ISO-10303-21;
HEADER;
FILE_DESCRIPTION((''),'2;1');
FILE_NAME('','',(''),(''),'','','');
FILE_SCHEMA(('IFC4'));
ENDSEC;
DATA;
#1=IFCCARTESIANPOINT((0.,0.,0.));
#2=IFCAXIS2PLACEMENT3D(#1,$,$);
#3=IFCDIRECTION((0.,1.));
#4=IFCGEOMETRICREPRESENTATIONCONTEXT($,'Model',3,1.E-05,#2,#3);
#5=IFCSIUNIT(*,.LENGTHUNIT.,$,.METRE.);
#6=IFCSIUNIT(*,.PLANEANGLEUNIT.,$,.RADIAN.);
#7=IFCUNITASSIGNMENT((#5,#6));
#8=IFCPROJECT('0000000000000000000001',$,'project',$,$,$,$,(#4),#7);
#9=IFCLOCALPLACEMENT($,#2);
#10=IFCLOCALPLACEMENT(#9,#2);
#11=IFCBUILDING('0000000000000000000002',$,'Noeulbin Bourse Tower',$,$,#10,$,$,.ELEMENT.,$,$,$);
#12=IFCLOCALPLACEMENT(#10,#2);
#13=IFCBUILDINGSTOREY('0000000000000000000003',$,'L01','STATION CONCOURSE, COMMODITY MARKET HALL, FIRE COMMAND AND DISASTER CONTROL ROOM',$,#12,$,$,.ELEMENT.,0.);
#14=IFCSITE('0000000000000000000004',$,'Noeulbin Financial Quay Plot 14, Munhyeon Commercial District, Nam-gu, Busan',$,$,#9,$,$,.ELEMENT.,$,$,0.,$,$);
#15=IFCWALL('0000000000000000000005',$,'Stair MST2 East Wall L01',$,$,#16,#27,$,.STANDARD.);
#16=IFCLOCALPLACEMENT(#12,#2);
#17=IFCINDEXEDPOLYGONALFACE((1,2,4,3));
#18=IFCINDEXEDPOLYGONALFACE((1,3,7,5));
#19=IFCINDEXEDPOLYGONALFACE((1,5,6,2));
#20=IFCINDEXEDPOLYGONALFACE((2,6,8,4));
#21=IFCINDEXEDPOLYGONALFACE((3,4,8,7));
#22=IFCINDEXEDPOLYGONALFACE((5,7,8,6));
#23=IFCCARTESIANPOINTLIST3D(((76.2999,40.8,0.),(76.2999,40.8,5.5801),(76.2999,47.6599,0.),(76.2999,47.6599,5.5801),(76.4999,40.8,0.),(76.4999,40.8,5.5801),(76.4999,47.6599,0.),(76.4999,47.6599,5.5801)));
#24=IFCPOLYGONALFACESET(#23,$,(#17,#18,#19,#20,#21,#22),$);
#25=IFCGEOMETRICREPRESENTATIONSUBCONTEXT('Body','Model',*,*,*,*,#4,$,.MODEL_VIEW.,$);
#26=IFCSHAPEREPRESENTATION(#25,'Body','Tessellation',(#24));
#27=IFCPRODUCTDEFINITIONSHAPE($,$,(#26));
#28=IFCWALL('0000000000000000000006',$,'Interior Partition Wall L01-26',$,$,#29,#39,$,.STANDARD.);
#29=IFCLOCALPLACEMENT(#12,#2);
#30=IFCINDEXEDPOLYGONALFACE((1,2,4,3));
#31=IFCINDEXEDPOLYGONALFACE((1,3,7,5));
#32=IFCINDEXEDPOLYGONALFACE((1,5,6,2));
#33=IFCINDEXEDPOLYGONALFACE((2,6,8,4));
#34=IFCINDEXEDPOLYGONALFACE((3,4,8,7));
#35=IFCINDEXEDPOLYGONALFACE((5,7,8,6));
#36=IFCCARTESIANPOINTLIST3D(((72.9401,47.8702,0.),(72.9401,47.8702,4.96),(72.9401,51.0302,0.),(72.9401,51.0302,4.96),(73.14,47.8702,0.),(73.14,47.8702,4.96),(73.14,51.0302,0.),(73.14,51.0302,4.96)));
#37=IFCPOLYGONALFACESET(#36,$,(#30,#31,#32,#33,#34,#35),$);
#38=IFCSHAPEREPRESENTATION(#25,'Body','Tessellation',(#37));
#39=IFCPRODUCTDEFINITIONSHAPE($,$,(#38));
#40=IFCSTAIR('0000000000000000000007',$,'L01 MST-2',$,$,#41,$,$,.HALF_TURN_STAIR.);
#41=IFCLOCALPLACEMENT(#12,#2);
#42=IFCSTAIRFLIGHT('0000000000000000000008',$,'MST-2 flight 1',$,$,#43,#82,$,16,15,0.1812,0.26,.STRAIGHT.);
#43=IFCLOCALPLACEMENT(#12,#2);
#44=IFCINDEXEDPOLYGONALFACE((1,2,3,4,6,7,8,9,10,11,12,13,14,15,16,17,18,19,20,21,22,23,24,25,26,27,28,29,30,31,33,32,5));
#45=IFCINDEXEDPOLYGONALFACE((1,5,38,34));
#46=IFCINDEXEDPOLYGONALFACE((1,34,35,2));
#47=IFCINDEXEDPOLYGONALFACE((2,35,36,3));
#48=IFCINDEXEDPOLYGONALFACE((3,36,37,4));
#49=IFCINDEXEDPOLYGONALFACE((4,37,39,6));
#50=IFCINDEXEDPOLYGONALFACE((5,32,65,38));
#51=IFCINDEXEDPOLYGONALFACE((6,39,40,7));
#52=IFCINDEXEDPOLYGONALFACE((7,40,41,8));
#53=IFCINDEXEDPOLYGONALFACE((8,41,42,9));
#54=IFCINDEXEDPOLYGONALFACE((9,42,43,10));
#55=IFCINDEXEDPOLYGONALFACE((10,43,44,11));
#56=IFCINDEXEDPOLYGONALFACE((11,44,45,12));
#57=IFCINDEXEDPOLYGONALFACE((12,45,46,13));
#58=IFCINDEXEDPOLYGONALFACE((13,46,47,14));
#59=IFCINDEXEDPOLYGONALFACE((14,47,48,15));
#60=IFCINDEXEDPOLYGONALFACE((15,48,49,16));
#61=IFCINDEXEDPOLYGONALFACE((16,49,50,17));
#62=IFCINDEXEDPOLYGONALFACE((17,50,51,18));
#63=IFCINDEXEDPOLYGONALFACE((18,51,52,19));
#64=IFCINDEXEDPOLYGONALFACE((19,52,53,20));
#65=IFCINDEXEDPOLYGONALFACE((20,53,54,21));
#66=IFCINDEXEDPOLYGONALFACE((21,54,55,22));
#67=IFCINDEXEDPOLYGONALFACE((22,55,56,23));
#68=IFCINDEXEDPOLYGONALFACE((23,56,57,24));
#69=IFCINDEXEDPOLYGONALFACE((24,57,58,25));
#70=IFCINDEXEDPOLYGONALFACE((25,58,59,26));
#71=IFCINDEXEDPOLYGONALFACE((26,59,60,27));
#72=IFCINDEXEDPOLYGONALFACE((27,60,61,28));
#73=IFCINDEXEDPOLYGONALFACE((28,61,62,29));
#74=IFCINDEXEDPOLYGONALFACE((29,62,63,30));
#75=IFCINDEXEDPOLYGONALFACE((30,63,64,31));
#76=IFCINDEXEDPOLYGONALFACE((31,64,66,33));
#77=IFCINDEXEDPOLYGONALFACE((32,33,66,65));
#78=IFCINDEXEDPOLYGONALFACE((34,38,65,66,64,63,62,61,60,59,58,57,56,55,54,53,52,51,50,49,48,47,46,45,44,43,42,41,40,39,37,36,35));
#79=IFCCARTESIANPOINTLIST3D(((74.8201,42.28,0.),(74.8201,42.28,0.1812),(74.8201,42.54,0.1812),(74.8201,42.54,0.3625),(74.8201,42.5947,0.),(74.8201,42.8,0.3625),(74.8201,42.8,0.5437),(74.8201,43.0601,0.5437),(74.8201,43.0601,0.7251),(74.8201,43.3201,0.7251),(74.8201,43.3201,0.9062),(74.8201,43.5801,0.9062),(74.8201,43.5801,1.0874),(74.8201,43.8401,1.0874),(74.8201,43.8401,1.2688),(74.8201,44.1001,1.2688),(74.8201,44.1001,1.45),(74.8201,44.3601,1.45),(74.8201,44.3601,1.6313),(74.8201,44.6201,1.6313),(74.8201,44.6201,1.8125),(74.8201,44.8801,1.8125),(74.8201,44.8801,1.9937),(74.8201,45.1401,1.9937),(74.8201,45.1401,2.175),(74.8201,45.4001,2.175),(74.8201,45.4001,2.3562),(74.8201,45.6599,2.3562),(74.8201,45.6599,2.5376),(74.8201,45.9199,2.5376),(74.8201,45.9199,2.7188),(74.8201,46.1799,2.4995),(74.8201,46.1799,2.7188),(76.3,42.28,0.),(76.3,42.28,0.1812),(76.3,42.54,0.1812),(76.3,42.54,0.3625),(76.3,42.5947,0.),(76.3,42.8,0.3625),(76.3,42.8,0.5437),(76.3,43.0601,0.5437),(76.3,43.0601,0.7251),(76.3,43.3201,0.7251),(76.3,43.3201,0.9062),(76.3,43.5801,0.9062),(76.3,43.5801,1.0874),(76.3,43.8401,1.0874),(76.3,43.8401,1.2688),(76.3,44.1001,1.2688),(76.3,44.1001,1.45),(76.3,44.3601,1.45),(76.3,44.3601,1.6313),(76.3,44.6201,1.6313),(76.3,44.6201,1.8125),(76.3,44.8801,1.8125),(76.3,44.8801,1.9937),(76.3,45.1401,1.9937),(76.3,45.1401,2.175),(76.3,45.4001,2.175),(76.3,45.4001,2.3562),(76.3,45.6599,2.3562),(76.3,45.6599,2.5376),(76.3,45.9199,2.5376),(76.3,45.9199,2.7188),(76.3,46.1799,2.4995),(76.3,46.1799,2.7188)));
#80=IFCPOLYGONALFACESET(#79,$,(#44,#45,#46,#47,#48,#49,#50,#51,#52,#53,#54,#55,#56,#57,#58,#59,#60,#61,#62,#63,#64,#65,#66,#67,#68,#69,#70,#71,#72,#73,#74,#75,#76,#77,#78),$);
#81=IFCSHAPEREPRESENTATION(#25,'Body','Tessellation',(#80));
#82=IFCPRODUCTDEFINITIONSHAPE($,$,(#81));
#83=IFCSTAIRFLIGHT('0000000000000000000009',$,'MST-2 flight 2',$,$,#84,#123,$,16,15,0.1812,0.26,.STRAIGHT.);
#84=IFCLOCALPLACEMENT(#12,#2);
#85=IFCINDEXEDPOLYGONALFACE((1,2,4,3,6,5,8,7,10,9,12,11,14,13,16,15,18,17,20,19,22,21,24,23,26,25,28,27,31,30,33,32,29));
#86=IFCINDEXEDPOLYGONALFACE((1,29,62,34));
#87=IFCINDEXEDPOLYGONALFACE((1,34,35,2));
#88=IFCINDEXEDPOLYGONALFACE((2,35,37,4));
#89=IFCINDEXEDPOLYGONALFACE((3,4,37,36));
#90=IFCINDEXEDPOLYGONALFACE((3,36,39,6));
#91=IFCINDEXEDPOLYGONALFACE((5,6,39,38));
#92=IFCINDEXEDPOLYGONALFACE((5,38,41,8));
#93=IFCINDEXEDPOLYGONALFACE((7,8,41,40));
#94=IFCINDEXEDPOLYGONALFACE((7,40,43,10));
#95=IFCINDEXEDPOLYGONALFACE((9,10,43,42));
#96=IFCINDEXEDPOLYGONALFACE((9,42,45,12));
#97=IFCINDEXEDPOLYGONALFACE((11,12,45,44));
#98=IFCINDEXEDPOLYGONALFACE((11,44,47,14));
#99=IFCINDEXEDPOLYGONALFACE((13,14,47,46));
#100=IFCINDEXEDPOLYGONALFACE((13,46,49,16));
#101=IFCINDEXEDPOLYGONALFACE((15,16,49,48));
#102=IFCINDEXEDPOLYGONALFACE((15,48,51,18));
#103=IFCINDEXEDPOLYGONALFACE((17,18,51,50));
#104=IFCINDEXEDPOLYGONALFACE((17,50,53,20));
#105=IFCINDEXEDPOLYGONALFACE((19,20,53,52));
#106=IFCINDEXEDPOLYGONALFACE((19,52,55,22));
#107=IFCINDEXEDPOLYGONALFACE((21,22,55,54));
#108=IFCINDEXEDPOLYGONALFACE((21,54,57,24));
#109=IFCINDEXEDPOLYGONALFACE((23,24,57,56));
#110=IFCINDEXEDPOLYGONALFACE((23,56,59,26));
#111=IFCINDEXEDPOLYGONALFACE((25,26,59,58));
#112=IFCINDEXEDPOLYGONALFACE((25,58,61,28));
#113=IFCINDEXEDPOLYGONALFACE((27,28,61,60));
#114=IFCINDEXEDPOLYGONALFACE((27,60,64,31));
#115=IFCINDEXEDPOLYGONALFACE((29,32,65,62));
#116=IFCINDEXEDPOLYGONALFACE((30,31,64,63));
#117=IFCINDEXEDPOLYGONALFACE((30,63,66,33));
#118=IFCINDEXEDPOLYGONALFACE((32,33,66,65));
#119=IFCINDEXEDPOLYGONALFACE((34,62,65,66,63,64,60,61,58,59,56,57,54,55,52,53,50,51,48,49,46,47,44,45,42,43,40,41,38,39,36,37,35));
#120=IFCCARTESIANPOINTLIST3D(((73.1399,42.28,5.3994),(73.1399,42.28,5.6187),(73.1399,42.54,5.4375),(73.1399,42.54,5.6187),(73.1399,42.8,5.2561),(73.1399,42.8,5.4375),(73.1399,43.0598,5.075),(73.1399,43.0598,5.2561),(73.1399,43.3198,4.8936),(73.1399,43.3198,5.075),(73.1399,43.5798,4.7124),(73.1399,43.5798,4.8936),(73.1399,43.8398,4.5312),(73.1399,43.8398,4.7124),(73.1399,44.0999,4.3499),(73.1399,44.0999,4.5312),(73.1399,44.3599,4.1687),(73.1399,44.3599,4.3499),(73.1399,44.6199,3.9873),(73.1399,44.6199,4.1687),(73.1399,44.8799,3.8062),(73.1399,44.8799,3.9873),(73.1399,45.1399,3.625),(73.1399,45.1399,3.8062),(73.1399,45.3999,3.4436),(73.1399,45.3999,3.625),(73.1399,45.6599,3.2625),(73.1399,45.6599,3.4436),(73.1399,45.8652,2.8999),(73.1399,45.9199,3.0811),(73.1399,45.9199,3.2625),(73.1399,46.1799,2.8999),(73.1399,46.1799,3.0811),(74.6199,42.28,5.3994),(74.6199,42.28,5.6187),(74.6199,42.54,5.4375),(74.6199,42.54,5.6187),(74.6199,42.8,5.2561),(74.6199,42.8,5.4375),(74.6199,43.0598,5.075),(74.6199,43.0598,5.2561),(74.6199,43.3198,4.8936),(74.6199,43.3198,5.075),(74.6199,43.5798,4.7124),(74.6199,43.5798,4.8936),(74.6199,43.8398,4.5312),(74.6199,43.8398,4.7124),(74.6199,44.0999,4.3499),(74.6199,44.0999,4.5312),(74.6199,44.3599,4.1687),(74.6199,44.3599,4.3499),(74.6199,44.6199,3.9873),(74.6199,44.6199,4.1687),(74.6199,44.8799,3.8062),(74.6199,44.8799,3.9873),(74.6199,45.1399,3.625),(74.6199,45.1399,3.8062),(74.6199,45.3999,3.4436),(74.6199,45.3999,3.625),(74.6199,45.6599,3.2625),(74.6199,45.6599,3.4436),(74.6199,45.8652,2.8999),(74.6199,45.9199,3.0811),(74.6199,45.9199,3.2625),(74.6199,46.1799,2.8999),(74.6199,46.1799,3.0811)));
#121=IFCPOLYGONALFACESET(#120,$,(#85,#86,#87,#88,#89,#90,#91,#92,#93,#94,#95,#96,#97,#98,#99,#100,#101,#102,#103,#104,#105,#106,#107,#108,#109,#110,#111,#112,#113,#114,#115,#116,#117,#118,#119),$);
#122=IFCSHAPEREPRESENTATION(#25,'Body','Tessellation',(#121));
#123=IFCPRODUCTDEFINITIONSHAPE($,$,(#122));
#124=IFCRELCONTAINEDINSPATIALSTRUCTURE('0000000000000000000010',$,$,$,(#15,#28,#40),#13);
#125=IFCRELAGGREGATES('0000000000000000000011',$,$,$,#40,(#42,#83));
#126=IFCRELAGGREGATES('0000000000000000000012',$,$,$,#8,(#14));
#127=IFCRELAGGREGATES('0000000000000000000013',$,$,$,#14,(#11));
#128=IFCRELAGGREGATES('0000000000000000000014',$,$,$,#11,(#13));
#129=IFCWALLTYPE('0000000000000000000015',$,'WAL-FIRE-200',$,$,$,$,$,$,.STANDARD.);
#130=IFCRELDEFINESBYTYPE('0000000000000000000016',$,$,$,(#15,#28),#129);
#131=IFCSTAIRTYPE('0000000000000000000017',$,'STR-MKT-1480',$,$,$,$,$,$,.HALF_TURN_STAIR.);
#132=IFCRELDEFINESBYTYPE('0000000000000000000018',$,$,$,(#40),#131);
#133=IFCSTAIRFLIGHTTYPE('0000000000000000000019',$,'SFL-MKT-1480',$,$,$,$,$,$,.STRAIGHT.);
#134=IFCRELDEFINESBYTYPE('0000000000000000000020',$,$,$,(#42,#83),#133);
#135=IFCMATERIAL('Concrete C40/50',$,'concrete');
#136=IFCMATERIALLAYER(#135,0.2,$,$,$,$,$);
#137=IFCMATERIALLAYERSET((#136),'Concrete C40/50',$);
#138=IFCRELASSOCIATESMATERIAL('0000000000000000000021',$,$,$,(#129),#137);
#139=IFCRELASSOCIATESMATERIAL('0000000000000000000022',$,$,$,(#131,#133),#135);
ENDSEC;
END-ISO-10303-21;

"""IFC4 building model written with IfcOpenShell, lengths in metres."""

from ifc_helpers import new_model, si_unit, direction, frame, frame_2d, origin, place, context, subcontext, project, spatial, polyline, rectangle, outline, extrude, material, layer, layer_set, type_object, element, aggregate, save


model = new_model("IFC4")

# Units and contexts
model_context = context("Model", 3, precision=1e-05, world=origin(), true_north=direction((0.0, 1.0)))
body_context = subcontext(model_context, "Body", "Model", "MODEL_VIEW")
ifc_project = project(units=[si_unit("LENGTHUNIT", "METRE"), si_unit("PLANEANGLEUNIT", "RADIAN")], contexts=[model_context])

# Site, building, storey
site_placement = place(None, origin())
site = spatial("IfcSite", under=ifc_project, at=site_placement, Name="Noeulbin Financial Quay Plot 14, Munhyeon Commercial District, Nam-gu, Busan", CompositionType="ELEMENT", RefElevation=0.0)
building_placement = place(site_placement, origin())
building = spatial("IfcBuilding", under=site, at=building_placement, Name="Noeulbin Bourse Tower", CompositionType="ELEMENT")
storey_placement = place(building_placement, origin())
storey = spatial("IfcBuildingStorey", under=building, at=storey_placement, Name="L01", Description="STATION CONCOURSE, COMMODITY MARKET HALL, FIRE COMMAND AND DISASTER CONTROL ROOM", CompositionType="ELEMENT", Elevation=0.0)

# Shared definitions
ifc_material_1 = material(Name="Concrete C40/50", Category="concrete")
ifc_layer_1 = layer(ifc_material_1, 0.2)
ifc_layer_set_1 = layer_set([ifc_layer_1], Name="Concrete C40/50")
wall_type_1 = type_object("IfcWallType", Name="WAL-FIRE-200", PredefinedType="STANDARD", material=ifc_layer_set_1)

# Walls
for number, where, z_axis, x_axis, name in (
    (1, (76.3999, 40.8, 0.0), (0.0, 0.0, 1.0), (0.0, 1.0, 0.0), "Stair MST2 East Wall L01"),
):
    element("IfcWall", number, at=place(storey_placement, frame(where, z_axis=z_axis, x_axis=x_axis)), inside=storey, type_object=wall_type_1, Name=name, PredefinedType="STANDARD", context=body_context, shape_type="SweptSolid", body=[
        extrude(rectangle(XDim=6.8599, YDim=0.2, at=frame_2d((3.4299, 0.0))), origin(), (0.0, 0.0, 1.0), 5.5801),
    ])
wall_1_placement = place(storey_placement, frame((73.04, 47.8701, 0.0), z_axis=(0.0, 0.0, 1.0), x_axis=(0.0, 1.0, 0.0)))
element("IfcWall", 2, at=wall_1_placement, inside=storey, type_object=wall_type_1, Name="Interior Partition Wall L01-26", PredefinedType="STANDARD", context=body_context, shape_type="SweptSolid", body=[
    extrude(rectangle(XDim=3.1599, YDim=0.2, at=frame_2d((1.5801, 0.0))), origin(), (0.0, 0.0, 1.0), 4.96),
])

# Stair, stair flights
stair_type = type_object("IfcStairType", Name="STR-MKT-1480", PredefinedType="HALF_TURN_STAIR", material=ifc_material_1)
stair_placement = place(storey_placement, origin())
stair = element("IfcStair", 3, at=stair_placement, inside=storey, type_object=stair_type, Name="L01 MST-2", PredefinedType="HALF_TURN_STAIR")
stair_flight_type = type_object("IfcStairFlightType", Name="SFL-MKT-1480", PredefinedType="STRAIGHT", material=ifc_material_1)
stair_flight_1_placement = place(storey_placement, frame((75.5601, 42.28, 0.0), z_axis=(0.0, 0.0, 1.0), x_axis=(0.0, 1.0, 0.0)))
stair_flight_1 = element("IfcStairFlight", 4, at=stair_flight_1_placement, type_object=stair_flight_type, Name="MST-2 flight 1", NumberOfRisers=16, NumberOfTreads=15, PredefinedType="STRAIGHT", RiserHeight=0.1812, TreadLength=0.26, context=body_context, shape_type="SweptSolid", body=[
    extrude(outline(polyline([(0.0, 0.0), (0.0, 0.1812), (0.26, 0.1812), (0.26, 0.3625), (0.52, 0.3625), (0.52, 0.5437), (0.78, 0.5437), (0.78, 0.7251), (1.04, 0.7251), (1.04, 0.9062), (1.3, 0.9062), (1.3, 1.0874), (1.5601, 1.0874), (1.5601, 1.2688), (1.8201, 1.2688), (1.8201, 1.45), (2.0801, 1.45), (2.0801, 1.6313), (2.3401, 1.6313), (2.3401, 1.8125), (2.6001, 1.8125), (2.6001, 1.9937), (2.8601, 1.9937), (2.8601, 2.175), (3.1201, 2.175), (3.1201, 2.3562), (3.3799, 2.3562), (3.3799, 2.5376), (3.6399, 2.5376), (3.6399, 2.7188), (3.8999, 2.7188), (3.8999, 2.8999), (3.8999, 2.4995), (0.3147, 0.0), (0.0, 0.0)])), frame((0.0, 0.74, 0.0), z_axis=(0.0, -1.0, 0.0), x_axis=(1.0, 0.0, 0.0)), (0.0, 0.0, 1.0), 1.48),
])
stair_flight_2_placement = place(storey_placement, frame((73.8799, 46.1799, 2.8999), z_axis=(0.0, 0.0, 1.0), x_axis=(0.0, -1.0, 0.0)))
stair_flight_2 = element("IfcStairFlight", 5, at=stair_flight_2_placement, type_object=stair_flight_type, Name="MST-2 flight 2", NumberOfRisers=16, NumberOfTreads=15, PredefinedType="STRAIGHT", RiserHeight=0.1812, TreadLength=0.26, context=body_context, shape_type="SweptSolid", body=[
    extrude(outline(polyline([(0.0, 0.0), (0.0, 0.1812), (0.26, 0.1812), (0.26, 0.3625), (0.52, 0.3625), (0.52, 0.5437), (0.78, 0.5437), (0.78, 0.7251), (1.04, 0.7251), (1.04, 0.9062), (1.3, 0.9062), (1.3, 1.0874), (1.5601, 1.0874), (1.5601, 1.2688), (1.8201, 1.2688), (1.8201, 1.45), (2.0801, 1.45), (2.0801, 1.6313), (2.3401, 1.6313), (2.3401, 1.8125), (2.6001, 1.8125), (2.6001, 1.9937), (2.8601, 1.9937), (2.8601, 2.175), (3.1201, 2.175), (3.1201, 2.3562), (3.3799, 2.3562), (3.3799, 2.5376), (3.6399, 2.5376), (3.6399, 2.7188), (3.8999, 2.7188), (3.8999, 2.8999), (3.8999, 2.4995), (0.3147, 0.0), (0.0, 0.0)])), frame((0.0, 0.74, 0.0), z_axis=(0.0, -1.0, 0.0), x_axis=(1.0, 0.0, 0.0)), (0.0, 0.0, 1.0), 1.48),
])
aggregate(stair, [stair_flight_1, stair_flight_2])

save(model, "model.ifc")
